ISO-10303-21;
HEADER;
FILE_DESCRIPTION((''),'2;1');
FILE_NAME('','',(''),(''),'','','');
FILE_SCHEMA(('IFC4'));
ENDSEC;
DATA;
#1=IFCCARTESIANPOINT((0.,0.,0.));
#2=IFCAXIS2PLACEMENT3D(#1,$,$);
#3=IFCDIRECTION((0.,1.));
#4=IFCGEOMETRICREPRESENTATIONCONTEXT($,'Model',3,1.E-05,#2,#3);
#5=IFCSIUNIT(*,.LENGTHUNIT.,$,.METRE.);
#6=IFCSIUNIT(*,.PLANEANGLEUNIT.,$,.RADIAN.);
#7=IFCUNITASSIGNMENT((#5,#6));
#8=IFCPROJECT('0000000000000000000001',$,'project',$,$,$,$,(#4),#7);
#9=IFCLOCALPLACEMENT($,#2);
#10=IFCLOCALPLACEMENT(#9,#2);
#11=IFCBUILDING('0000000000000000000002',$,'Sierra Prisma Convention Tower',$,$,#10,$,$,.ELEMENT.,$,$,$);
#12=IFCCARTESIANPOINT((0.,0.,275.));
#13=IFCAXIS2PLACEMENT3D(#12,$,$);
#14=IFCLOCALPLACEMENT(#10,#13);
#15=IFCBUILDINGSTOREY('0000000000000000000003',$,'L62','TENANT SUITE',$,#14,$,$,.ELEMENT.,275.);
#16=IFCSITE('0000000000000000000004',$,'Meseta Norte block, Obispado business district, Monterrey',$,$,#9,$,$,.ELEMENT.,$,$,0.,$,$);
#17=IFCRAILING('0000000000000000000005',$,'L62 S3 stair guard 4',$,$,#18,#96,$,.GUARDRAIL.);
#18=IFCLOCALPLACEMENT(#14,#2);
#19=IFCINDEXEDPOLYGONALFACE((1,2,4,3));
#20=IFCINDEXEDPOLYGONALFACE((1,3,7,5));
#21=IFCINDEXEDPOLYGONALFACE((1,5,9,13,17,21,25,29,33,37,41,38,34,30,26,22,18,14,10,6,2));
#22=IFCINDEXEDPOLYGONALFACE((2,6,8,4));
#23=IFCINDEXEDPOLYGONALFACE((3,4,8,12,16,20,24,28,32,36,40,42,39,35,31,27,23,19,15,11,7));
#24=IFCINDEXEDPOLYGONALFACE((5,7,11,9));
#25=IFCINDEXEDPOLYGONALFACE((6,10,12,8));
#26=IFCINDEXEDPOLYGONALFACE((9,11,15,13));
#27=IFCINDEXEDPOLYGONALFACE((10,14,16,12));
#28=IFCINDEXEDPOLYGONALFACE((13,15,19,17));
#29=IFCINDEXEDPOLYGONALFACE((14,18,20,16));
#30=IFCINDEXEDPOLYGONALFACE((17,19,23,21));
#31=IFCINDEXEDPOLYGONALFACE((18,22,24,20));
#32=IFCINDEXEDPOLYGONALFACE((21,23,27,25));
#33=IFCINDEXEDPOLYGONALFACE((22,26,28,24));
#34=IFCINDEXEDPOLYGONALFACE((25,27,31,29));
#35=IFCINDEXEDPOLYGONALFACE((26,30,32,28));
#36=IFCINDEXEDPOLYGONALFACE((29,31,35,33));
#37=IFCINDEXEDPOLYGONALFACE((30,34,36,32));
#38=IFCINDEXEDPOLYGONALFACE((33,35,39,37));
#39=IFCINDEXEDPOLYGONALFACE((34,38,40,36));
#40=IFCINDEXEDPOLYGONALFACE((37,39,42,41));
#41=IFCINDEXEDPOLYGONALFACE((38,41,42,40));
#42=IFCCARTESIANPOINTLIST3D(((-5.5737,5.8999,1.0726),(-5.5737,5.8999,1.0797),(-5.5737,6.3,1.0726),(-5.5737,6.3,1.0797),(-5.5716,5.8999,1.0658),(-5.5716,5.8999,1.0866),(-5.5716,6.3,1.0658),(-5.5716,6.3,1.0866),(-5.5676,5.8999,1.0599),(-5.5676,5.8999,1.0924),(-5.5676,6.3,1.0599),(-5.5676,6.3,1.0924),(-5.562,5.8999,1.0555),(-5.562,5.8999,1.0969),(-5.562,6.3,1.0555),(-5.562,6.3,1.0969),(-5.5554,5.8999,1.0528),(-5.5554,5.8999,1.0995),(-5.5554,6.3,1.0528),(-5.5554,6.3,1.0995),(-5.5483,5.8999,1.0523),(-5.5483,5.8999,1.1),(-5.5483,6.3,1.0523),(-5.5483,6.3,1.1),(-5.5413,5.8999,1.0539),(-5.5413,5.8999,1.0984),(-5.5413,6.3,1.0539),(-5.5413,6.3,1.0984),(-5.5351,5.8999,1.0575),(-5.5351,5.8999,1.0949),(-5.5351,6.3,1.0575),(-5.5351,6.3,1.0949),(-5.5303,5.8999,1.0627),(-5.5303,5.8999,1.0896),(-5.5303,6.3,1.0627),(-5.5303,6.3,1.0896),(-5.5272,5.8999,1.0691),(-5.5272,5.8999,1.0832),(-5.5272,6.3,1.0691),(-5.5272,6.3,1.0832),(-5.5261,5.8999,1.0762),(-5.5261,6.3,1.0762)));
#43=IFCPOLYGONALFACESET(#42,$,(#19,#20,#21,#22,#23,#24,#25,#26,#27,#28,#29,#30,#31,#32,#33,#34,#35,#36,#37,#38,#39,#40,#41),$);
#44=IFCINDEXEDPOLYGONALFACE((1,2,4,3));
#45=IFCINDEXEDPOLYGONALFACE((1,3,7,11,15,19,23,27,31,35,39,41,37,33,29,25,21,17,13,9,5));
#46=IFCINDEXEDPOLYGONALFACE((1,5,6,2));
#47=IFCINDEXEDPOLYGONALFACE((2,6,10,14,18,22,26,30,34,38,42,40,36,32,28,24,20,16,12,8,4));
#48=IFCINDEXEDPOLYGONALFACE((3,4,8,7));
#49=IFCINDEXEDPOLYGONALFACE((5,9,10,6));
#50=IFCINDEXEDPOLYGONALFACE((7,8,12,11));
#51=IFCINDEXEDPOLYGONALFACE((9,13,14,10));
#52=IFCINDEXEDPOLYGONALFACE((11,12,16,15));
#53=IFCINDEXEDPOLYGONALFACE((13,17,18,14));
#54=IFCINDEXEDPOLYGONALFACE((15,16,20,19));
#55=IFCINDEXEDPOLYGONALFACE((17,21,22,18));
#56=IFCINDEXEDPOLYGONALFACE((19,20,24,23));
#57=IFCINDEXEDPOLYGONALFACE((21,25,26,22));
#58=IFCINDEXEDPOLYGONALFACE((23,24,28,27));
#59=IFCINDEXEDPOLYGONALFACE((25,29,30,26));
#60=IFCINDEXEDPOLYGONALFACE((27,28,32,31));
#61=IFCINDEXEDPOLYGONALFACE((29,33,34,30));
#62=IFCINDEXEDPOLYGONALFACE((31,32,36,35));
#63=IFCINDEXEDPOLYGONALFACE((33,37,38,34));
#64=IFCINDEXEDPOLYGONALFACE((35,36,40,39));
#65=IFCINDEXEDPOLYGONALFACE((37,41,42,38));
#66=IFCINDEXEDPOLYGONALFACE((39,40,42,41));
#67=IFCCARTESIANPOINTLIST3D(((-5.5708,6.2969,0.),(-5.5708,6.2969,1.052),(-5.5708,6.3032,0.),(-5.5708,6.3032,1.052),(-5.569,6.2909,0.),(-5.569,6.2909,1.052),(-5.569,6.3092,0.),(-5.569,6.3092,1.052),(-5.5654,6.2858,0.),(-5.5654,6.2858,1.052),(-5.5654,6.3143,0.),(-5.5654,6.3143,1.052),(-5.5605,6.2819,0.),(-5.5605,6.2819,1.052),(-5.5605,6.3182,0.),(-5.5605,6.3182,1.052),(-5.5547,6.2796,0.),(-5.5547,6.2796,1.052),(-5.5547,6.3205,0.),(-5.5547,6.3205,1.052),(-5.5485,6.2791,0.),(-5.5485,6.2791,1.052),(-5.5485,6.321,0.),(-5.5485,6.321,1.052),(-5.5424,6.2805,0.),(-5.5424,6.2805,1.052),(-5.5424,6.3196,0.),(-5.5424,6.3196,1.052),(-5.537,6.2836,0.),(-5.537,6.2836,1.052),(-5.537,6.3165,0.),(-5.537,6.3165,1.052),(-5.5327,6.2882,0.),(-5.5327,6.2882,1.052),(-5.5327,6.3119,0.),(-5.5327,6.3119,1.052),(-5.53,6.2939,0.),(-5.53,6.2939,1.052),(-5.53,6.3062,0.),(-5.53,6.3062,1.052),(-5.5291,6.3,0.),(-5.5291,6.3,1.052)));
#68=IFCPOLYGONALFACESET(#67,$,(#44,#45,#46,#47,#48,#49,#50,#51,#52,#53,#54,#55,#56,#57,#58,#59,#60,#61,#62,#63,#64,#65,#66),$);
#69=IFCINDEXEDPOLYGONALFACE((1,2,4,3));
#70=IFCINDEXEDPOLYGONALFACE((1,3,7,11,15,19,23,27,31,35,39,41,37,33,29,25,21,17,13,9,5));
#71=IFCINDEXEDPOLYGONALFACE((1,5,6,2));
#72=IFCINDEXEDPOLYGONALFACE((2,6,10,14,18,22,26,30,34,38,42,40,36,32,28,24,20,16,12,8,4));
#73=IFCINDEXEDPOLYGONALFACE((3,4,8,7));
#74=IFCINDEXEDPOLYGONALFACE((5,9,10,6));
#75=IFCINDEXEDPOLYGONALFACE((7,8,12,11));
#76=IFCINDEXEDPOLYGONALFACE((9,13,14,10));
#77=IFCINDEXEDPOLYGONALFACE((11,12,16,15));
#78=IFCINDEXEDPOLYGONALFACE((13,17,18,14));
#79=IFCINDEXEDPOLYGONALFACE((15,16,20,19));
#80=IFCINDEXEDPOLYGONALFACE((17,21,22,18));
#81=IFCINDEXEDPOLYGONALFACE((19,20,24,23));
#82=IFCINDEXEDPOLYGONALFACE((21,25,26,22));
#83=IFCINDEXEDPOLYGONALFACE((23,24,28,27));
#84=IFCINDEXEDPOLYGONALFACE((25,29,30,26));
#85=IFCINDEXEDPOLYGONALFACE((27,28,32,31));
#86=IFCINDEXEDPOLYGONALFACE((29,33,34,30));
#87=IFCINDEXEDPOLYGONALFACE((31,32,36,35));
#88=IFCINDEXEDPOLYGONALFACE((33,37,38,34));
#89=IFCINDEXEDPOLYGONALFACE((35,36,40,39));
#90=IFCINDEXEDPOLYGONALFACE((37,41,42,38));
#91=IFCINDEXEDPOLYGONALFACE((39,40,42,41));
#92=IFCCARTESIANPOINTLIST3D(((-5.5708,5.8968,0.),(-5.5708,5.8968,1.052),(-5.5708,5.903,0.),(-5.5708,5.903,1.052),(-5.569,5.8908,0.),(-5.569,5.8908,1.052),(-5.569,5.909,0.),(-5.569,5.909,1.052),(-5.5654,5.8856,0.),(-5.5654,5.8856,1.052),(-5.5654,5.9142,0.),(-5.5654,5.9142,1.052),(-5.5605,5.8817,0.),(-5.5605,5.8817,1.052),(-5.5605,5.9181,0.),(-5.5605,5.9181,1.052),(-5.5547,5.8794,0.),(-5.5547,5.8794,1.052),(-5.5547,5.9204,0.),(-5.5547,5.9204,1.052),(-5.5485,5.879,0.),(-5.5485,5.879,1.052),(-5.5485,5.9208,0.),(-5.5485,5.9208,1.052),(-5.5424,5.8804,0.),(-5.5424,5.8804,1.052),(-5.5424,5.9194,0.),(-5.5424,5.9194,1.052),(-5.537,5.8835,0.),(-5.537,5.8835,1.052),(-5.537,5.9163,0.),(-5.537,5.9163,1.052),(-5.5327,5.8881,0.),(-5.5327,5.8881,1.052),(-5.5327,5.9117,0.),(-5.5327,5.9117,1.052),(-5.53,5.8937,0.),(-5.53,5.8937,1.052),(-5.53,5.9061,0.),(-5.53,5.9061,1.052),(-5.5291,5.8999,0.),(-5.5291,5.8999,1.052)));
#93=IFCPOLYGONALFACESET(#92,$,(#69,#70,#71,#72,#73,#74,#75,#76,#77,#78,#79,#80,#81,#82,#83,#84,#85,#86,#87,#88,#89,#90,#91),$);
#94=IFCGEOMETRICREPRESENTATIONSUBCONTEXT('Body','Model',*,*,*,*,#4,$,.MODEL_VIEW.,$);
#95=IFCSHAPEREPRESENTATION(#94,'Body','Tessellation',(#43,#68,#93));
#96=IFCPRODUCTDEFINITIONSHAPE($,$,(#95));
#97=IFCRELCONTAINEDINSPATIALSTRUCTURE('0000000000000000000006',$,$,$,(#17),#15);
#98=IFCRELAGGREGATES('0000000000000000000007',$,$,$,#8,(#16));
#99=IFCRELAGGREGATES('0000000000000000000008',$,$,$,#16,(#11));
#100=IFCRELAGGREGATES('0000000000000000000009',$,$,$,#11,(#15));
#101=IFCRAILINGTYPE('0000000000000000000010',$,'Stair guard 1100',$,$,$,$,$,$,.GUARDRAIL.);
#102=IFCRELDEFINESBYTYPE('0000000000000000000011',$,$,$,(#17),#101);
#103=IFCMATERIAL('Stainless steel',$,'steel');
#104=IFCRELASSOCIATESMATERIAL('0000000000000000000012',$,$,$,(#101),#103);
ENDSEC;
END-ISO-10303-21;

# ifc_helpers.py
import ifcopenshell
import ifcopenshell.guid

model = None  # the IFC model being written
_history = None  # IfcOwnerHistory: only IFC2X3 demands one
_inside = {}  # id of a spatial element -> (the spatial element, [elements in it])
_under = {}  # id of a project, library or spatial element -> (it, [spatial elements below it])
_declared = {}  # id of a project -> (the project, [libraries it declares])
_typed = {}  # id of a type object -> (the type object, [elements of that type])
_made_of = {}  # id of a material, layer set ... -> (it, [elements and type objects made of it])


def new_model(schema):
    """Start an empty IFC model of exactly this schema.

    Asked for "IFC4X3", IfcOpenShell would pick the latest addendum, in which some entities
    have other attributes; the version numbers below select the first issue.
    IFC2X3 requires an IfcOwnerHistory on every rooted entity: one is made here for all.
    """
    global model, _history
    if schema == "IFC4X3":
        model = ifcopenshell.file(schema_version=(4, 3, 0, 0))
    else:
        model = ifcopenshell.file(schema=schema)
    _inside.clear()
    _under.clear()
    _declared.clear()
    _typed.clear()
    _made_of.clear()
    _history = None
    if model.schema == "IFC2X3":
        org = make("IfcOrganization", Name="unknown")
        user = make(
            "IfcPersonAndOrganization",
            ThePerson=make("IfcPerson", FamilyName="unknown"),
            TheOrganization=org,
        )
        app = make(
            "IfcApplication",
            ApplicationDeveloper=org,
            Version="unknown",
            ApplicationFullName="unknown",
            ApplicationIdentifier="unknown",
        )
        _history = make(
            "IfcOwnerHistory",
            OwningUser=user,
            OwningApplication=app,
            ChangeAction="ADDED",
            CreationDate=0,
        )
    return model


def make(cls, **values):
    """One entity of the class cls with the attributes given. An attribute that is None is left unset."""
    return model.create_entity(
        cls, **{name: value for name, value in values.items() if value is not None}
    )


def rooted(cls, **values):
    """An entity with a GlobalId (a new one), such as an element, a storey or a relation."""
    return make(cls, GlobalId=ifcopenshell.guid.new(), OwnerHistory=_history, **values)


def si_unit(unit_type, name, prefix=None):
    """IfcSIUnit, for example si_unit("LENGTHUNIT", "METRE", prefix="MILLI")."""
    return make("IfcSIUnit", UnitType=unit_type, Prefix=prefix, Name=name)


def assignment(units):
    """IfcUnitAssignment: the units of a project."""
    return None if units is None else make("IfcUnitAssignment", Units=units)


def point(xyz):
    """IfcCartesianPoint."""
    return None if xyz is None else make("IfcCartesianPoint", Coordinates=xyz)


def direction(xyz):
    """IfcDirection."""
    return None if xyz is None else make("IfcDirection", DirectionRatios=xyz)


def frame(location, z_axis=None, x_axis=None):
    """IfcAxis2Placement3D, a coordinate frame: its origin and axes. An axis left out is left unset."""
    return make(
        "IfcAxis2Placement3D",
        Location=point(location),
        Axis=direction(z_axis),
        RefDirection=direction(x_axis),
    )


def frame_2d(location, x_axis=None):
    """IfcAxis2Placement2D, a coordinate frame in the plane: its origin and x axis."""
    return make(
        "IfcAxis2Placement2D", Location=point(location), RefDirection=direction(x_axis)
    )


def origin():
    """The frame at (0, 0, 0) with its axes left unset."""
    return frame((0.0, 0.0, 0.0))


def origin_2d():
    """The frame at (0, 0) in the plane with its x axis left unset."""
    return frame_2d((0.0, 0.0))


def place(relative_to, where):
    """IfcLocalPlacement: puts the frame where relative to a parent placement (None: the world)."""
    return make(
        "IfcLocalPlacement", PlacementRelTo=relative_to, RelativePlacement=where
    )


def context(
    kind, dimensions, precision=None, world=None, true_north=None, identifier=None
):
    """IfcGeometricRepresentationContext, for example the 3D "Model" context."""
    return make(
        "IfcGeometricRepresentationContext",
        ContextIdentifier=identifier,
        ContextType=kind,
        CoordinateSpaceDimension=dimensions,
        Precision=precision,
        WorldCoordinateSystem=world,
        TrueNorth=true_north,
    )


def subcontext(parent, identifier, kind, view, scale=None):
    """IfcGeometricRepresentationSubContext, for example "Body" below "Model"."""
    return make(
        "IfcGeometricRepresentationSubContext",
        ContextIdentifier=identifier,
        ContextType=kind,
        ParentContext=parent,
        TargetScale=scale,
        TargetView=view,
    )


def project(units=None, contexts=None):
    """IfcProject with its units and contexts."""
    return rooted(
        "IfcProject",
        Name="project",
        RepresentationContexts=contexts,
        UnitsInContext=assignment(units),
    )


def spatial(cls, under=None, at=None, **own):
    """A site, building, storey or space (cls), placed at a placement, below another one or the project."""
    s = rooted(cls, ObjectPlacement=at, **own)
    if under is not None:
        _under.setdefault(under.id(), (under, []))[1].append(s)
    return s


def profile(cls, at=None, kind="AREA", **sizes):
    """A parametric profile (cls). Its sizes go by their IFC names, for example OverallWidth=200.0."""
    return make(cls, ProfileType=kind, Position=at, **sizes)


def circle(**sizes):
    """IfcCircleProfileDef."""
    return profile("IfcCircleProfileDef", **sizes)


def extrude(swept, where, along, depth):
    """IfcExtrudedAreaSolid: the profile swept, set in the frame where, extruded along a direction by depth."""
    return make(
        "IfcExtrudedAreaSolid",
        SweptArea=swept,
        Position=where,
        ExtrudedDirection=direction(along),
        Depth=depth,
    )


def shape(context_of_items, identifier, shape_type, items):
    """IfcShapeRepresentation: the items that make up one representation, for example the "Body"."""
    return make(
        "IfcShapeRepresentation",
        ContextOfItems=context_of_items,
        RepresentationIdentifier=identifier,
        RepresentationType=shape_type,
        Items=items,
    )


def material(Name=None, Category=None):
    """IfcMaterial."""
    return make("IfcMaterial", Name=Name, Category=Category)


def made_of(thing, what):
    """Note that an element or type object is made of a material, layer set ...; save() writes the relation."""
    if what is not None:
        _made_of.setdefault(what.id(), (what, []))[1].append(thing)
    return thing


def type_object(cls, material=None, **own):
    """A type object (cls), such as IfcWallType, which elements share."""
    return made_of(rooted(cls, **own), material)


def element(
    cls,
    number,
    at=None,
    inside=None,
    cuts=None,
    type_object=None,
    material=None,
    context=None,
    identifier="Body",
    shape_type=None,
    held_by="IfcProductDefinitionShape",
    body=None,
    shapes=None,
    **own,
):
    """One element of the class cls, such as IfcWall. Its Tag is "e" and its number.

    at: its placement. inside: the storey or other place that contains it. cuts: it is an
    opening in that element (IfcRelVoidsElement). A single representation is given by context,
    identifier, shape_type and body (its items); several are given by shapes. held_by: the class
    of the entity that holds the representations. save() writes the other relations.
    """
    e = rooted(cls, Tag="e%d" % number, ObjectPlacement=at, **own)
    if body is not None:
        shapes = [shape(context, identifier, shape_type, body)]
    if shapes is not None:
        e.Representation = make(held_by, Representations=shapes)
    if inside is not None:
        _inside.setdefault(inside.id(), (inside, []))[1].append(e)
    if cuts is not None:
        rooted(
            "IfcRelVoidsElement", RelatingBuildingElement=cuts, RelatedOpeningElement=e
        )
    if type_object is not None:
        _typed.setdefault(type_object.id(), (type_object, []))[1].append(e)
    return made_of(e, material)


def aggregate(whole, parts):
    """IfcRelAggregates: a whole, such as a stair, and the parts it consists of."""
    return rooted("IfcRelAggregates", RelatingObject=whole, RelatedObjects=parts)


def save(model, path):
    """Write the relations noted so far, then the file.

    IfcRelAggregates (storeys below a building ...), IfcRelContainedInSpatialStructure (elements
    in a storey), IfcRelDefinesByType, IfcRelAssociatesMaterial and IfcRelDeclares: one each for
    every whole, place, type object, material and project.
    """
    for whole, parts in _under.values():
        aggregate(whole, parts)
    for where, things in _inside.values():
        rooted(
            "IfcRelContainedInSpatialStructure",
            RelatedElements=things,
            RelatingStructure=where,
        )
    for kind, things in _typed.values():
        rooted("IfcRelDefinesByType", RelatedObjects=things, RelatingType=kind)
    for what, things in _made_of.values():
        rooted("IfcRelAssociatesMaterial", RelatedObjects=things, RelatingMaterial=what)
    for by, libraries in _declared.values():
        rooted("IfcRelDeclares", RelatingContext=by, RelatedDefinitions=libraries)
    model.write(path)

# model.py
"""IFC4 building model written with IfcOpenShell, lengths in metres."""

from ifc_helpers import new_model, si_unit, direction, frame, origin, origin_2d, place, context, subcontext, project, spatial, circle, extrude, material, type_object, element, save


model = new_model("IFC4")

# Units and contexts
model_context = context("Model", 3, precision=1e-05, world=origin(), true_north=direction((0.0, 1.0)))
body_context = subcontext(model_context, "Body", "Model", "MODEL_VIEW")
ifc_project = project(units=[si_unit("LENGTHUNIT", "METRE"), si_unit("PLANEANGLEUNIT", "RADIAN")], contexts=[model_context])

# Site, building, storey
site_placement = place(None, origin())
site = spatial("IfcSite", under=ifc_project, at=site_placement, Name="Meseta Norte block, Obispado business district, Monterrey", CompositionType="ELEMENT", RefElevation=0.0)
building_placement = place(site_placement, origin())
building = spatial("IfcBuilding", under=site, at=building_placement, Name="Sierra Prisma Convention Tower", CompositionType="ELEMENT")
storey_placement = place(building_placement, frame((0.0, 0.0, 275.0)))
storey = spatial("IfcBuildingStorey", under=building, at=storey_placement, Name="L62", Description="TENANT SUITE", CompositionType="ELEMENT", Elevation=275.0)

# Railing
ifc_material_1 = material(Name="Stainless steel", Category="steel")
railing_type_1 = type_object("IfcRailingType", Name="Stair guard 1100", PredefinedType="GUARDRAIL", material=ifc_material_1)
railing_1_placement = place(storey_placement, frame((-5.55, 6.3, 0.0)))
element("IfcRailing", 1, at=railing_1_placement, inside=storey, type_object=railing_type_1, Name="L62 S3 stair guard 4", PredefinedType="GUARDRAIL", context=body_context, shape_type="SweptSolid", body=[
    extrude(circle(Radius=0.0239, at=origin_2d()), frame((0.0, 0.0, 1.0762), z_axis=(0.0, -1.0, 0.0), x_axis=(1.0, 0.0, 0.0)), (0.0, 0.0, 1.0), 0.4001),
    extrude(circle(Radius=0.021, at=origin_2d()), origin(), (0.0, 0.0, 1.0), 1.052),
    extrude(circle(Radius=0.021, at=origin_2d()), frame((0.0, -0.4001, 0.0)), (0.0, 0.0, 1.0), 1.052),
])

save(model, "model.ifc")
